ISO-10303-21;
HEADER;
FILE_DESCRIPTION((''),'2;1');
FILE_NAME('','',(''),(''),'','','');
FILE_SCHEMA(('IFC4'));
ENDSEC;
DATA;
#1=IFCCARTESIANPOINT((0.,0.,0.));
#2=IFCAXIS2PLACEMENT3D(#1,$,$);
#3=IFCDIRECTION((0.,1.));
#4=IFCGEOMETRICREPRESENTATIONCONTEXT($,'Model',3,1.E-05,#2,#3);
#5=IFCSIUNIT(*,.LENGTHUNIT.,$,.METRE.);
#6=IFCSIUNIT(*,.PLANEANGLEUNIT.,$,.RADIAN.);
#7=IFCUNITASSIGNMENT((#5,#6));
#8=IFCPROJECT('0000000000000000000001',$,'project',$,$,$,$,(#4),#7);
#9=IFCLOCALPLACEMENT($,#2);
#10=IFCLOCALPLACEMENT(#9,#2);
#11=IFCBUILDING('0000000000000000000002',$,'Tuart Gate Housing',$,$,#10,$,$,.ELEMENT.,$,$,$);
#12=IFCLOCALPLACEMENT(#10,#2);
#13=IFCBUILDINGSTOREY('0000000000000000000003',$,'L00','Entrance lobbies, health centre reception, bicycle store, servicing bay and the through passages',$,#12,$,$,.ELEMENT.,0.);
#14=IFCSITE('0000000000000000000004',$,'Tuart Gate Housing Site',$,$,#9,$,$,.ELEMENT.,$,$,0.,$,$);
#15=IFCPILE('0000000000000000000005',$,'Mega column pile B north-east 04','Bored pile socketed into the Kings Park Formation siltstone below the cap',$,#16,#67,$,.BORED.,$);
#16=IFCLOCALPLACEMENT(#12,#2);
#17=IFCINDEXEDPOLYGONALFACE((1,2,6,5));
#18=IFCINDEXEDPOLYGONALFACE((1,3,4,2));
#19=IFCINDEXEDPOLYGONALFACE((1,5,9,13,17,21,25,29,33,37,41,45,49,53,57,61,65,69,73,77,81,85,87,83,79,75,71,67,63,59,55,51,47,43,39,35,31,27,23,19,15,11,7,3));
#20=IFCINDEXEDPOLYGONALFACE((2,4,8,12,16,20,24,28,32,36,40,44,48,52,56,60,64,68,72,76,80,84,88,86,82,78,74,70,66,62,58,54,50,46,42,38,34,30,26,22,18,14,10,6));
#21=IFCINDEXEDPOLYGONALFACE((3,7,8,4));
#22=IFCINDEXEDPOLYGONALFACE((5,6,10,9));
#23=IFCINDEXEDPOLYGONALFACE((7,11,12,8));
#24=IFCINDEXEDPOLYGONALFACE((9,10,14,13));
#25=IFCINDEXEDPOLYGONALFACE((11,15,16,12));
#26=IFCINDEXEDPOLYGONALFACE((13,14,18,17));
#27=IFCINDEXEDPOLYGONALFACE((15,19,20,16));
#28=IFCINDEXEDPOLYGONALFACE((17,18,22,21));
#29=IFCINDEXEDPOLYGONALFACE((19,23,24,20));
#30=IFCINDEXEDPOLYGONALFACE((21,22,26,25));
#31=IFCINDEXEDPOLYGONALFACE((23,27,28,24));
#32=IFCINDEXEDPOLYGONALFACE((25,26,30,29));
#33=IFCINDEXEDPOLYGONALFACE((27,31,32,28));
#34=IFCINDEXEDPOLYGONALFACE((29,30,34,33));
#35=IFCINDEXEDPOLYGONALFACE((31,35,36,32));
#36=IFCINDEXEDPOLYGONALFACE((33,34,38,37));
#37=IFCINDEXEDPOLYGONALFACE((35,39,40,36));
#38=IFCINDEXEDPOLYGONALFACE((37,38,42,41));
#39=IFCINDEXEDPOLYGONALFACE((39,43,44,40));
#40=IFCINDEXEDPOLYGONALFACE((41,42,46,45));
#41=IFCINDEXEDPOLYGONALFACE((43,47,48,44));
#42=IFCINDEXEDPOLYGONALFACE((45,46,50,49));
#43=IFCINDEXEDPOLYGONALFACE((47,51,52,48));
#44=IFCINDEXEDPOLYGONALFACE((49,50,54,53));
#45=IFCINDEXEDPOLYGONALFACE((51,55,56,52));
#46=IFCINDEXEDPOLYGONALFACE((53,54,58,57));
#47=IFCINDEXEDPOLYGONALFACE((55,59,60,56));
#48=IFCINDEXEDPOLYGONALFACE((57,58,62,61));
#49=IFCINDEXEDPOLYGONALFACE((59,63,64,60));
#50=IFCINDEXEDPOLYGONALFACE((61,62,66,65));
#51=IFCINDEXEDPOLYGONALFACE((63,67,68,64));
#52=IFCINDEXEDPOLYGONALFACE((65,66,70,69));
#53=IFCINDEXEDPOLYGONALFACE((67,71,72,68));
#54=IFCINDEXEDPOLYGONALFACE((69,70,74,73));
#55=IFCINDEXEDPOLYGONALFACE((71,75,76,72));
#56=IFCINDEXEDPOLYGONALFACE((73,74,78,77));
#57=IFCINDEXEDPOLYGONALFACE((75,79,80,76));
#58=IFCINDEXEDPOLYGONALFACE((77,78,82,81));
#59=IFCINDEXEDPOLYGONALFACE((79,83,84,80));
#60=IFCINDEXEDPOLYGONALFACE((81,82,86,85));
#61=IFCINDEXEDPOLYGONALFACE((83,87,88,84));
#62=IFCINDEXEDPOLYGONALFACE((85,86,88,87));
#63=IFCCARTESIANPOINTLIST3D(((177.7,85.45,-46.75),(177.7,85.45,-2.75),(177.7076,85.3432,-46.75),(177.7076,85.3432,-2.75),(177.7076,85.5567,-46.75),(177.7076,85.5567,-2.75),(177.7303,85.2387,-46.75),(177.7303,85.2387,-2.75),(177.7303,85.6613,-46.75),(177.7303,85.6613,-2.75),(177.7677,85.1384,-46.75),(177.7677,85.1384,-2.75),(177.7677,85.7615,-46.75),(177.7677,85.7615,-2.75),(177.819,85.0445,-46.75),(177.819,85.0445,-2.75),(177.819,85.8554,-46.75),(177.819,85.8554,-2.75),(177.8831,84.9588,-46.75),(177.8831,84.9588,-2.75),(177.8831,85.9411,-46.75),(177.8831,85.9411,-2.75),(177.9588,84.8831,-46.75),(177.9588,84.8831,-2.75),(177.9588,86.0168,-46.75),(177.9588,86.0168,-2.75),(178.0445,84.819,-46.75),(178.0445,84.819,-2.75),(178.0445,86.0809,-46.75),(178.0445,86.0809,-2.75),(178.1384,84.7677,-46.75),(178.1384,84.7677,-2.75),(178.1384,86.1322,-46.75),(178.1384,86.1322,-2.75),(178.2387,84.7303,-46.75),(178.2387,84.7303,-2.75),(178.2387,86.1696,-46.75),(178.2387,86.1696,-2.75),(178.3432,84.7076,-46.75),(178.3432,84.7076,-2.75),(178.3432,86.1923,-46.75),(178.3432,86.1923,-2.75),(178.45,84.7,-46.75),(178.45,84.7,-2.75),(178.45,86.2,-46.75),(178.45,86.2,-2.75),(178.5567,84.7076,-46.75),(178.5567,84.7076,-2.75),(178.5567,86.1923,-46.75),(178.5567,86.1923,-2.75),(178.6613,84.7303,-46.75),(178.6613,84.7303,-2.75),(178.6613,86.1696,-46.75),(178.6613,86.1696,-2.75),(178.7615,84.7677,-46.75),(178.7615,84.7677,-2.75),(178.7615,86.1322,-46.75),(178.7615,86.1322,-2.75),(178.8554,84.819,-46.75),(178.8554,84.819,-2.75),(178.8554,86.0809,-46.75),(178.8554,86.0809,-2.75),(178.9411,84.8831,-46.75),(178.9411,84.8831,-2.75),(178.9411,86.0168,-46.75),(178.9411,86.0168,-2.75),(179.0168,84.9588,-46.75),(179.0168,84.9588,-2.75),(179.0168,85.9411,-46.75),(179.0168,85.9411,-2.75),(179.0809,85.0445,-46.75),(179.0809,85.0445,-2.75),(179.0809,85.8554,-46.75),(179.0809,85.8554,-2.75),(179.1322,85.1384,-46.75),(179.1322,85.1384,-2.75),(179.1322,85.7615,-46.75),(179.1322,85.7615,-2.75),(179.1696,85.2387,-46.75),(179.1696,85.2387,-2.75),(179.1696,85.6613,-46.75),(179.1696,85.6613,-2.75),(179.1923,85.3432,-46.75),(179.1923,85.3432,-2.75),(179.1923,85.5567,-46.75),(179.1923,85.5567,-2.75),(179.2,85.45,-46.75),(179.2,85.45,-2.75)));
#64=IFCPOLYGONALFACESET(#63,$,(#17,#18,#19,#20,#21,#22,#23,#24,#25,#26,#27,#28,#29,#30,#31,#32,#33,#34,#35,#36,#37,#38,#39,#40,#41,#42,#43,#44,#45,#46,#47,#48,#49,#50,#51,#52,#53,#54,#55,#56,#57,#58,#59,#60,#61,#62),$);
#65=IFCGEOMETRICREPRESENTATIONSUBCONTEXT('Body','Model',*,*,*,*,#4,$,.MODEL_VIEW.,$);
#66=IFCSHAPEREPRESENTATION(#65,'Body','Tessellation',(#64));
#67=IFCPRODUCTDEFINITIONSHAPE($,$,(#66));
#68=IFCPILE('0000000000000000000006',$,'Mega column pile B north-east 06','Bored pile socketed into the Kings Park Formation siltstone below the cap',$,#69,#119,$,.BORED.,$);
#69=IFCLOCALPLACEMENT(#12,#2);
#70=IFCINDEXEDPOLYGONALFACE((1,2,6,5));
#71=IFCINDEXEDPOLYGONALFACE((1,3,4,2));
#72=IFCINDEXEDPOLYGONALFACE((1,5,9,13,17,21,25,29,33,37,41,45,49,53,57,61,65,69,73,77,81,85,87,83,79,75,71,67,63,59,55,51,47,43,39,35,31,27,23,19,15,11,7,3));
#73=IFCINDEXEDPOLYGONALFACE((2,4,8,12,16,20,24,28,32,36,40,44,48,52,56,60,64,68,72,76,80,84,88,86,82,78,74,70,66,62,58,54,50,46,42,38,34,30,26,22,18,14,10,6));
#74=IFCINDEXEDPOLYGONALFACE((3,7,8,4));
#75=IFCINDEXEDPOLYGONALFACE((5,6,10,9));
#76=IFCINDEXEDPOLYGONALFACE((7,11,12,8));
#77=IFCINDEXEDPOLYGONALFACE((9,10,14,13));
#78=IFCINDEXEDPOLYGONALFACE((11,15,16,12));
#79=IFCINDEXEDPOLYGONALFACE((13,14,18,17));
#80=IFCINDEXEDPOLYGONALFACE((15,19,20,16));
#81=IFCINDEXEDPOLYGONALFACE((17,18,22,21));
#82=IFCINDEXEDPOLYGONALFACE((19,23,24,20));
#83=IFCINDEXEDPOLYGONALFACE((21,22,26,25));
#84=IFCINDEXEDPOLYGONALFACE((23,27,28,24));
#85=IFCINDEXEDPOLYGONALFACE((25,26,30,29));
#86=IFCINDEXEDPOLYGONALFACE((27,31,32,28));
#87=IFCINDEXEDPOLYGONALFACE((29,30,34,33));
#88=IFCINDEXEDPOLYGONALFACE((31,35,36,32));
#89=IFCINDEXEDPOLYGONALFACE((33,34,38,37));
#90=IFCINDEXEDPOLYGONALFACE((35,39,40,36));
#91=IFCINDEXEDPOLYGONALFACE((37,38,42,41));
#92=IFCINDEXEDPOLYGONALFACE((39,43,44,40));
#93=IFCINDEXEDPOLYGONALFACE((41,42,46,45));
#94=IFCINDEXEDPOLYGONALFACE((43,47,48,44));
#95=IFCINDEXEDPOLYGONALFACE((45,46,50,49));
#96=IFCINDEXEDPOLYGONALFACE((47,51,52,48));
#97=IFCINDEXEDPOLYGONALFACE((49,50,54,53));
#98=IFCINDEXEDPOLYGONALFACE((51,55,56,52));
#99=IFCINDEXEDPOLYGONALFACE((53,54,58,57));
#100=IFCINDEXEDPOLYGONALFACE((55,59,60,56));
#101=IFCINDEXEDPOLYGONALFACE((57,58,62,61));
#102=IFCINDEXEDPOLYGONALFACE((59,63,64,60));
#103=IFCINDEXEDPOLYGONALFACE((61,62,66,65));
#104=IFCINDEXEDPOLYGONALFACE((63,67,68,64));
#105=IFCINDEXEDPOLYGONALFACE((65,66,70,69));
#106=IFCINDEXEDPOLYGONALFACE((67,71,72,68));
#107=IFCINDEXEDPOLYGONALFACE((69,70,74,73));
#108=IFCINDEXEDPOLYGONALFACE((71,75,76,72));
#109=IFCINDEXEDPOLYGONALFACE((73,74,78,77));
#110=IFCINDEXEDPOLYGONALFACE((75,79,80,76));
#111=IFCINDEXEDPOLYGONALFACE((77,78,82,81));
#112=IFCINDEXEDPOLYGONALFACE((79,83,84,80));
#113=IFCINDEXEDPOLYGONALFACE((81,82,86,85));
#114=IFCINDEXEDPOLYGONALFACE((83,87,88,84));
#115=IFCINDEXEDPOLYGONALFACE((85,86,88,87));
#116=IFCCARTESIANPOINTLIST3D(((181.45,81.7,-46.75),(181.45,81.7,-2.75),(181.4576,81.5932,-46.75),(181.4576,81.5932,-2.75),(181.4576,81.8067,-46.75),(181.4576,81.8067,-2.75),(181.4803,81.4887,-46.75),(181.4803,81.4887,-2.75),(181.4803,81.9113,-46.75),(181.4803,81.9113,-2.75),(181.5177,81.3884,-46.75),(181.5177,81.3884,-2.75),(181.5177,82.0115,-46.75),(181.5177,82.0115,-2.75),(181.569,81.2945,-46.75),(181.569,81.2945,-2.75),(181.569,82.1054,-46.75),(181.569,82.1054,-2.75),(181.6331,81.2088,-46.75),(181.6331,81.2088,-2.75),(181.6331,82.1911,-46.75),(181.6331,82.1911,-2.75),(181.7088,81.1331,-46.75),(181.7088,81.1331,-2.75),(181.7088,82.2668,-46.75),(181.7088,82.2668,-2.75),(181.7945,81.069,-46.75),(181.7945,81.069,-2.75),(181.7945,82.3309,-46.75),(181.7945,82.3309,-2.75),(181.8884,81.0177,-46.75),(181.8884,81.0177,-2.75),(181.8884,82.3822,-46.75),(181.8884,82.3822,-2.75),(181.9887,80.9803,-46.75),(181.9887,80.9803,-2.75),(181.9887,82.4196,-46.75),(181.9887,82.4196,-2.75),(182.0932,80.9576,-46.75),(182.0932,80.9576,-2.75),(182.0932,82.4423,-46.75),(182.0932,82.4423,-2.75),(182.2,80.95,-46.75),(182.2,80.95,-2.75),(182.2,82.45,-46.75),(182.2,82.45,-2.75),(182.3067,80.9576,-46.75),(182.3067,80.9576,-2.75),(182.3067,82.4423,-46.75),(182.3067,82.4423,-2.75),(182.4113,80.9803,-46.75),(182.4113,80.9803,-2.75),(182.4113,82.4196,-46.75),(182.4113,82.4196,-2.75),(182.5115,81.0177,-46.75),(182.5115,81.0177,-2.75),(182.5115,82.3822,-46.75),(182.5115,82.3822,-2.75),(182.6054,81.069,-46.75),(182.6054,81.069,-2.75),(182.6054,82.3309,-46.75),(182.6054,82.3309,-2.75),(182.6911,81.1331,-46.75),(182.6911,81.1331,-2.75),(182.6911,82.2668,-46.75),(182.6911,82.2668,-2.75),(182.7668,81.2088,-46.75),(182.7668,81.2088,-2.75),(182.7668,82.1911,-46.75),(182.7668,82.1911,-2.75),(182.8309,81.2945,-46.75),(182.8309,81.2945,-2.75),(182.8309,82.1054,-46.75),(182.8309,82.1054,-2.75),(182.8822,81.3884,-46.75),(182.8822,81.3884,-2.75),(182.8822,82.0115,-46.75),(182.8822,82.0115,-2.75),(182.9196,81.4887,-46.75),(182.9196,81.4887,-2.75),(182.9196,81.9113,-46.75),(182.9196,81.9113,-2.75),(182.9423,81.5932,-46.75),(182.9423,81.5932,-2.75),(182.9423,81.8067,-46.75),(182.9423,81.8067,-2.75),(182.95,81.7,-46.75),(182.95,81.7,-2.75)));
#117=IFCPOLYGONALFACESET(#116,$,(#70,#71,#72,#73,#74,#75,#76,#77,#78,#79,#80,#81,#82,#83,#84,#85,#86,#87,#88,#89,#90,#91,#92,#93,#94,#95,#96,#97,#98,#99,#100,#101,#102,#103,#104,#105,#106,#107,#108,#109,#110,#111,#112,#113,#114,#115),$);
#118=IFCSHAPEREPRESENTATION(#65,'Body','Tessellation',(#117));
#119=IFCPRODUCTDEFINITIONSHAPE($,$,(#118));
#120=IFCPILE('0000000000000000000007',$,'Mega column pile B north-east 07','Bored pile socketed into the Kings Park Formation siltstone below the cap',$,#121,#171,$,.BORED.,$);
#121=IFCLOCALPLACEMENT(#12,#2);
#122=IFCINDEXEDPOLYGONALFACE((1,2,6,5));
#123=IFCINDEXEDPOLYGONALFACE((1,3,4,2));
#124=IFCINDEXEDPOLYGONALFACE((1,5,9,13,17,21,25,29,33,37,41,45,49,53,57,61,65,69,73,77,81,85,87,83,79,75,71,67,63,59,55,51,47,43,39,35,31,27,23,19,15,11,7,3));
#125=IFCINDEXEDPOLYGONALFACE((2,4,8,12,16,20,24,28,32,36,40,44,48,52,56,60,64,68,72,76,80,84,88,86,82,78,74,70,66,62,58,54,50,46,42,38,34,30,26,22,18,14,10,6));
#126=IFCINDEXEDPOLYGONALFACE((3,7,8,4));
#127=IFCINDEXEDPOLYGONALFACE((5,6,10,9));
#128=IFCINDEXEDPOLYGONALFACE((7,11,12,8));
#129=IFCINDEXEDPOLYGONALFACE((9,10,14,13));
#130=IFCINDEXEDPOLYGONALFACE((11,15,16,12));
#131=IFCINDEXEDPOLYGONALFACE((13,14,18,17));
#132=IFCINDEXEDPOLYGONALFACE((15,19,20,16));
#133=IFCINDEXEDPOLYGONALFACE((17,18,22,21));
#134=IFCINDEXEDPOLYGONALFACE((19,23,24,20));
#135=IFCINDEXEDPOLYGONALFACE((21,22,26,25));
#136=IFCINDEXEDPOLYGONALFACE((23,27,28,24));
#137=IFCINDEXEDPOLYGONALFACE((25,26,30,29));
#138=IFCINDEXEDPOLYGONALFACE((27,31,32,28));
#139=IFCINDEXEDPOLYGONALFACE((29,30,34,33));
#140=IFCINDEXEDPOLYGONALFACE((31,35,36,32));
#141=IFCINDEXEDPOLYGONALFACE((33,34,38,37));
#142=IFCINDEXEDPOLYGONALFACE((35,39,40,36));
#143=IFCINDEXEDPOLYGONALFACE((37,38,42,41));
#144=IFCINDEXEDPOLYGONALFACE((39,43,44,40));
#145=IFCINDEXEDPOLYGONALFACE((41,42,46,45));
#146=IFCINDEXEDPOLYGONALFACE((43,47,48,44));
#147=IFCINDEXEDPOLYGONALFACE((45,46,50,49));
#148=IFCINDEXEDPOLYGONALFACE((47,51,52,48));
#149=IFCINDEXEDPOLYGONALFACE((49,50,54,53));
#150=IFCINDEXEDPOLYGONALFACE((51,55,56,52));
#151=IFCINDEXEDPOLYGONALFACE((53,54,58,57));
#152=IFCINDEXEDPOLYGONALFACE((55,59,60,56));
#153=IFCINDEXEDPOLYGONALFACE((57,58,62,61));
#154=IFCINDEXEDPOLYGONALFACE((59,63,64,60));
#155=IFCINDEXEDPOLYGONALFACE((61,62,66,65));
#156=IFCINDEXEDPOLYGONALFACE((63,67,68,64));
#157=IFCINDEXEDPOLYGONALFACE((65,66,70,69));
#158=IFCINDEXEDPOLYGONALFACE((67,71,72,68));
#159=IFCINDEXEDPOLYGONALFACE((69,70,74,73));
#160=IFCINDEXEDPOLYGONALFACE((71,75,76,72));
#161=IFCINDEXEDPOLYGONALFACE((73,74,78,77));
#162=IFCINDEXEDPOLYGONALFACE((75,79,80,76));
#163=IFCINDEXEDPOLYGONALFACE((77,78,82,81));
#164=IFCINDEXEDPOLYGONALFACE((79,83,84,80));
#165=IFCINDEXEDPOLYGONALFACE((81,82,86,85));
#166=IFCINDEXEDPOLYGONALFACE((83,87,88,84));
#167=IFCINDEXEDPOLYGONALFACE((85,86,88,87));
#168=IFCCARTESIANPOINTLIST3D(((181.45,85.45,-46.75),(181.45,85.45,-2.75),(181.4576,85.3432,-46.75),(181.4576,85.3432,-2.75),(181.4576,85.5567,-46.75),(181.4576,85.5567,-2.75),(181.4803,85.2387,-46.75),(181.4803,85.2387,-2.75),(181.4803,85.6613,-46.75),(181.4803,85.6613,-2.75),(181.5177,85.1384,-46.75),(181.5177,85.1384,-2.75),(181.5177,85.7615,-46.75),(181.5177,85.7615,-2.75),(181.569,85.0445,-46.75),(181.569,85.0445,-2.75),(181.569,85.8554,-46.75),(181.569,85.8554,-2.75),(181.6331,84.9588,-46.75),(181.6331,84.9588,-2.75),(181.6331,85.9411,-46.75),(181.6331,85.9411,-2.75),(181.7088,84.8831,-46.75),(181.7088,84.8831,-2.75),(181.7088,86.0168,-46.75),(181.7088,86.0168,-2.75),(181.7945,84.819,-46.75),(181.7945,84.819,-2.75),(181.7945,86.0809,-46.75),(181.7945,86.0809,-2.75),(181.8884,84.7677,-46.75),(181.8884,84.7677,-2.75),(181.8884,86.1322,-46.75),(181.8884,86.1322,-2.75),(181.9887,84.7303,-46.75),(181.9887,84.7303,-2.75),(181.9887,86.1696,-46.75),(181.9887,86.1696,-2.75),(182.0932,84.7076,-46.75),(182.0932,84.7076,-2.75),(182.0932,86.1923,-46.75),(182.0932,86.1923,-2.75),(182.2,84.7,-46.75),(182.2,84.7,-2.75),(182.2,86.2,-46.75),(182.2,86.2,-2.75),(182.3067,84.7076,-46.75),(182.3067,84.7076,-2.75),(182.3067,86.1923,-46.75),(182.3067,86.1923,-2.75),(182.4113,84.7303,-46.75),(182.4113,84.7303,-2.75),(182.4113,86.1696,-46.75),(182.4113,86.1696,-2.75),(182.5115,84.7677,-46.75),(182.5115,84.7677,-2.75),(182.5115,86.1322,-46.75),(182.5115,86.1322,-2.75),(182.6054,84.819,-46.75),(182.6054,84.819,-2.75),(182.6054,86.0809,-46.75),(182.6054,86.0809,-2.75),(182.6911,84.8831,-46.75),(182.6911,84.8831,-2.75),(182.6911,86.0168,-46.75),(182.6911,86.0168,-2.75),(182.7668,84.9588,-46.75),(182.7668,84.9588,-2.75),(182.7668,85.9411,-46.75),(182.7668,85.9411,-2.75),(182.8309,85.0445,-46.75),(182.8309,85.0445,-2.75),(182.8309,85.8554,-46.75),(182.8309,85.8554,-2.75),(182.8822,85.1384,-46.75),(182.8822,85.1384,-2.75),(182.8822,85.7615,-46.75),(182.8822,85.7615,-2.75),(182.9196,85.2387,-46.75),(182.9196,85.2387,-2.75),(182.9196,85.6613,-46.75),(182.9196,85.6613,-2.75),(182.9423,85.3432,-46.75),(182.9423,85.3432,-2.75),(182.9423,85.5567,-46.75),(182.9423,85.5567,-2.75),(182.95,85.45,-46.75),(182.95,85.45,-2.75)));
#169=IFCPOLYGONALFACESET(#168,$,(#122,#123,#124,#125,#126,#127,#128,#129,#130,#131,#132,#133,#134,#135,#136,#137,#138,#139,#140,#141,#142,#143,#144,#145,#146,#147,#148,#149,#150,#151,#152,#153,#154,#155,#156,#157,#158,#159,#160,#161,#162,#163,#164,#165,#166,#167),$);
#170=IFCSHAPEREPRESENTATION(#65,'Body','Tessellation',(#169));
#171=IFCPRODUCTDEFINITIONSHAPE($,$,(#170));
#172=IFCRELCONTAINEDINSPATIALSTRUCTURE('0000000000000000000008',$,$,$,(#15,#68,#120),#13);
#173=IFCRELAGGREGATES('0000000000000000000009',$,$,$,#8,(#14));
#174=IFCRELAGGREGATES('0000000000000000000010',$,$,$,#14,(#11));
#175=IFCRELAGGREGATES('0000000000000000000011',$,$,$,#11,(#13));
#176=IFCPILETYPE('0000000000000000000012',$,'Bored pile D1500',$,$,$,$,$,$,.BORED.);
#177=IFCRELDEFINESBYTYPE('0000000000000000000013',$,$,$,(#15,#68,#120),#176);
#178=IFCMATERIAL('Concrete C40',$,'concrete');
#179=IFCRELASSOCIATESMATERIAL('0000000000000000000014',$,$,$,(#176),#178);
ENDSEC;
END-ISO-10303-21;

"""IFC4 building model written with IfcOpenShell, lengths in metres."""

from ifc_helpers import new_model, si_unit, direction, frame, origin, origin_2d, place, context, subcontext, project, spatial, circle, extrude, material, material_profile, profile_set, type_object, element, save


model = new_model("IFC4")

# Units and contexts
model_context = context("Model", 3, precision=1e-05, world=origin(), true_north=direction((0.0, 1.0)))
body_context = subcontext(model_context, "Body", "Model", "MODEL_VIEW")
ifc_project = project(units=[si_unit("LENGTHUNIT", "METRE"), si_unit("PLANEANGLEUNIT", "RADIAN")], contexts=[model_context])

# Site, building, storey
site_placement = place(None, origin())
site = spatial("IfcSite", under=ifc_project, at=site_placement, Name="Tuart Gate Housing Site", CompositionType="ELEMENT", RefElevation=0.0)
building_placement = place(site_placement, origin())
building = spatial("IfcBuilding", under=site, at=building_placement, Name="Tuart Gate Housing", CompositionType="ELEMENT")
storey_placement = place(building_placement, origin())
storey = spatial("IfcBuildingStorey", under=building, at=storey_placement, Name="L00", Description="Entrance lobbies, health centre reception, bicycle store, servicing bay and the through passages", CompositionType="ELEMENT", Elevation=0.0)

# Piles
ifc_material_1 = material(Name="Concrete C40", Category="concrete")
ifc_material_profile_1 = material_profile(ifc_material_1, circle(Radius=0.75, at=origin_2d()), Name="Bored pile D1500")
ifc_profile_set_1 = profile_set([ifc_material_profile_1], Name="Concrete C40")
pile_type = type_object("IfcPileType", Name="Bored pile D1500", PredefinedType="BORED", material=ifc_profile_set_1)
for number, where, z_axis, x_axis, name in (
    (1, (178.45, 85.45, -2.75), (0.0, 0.0, -1.0), (1.0, 0.0, 0.0), "Mega column pile B north-east 04"),
    (2, (182.2, 81.7, -2.75), (0.0, 0.0, -1.0), (1.0, 0.0, 0.0), "Mega column pile B north-east 06"),
    (3, (182.2, 85.45, -2.75), (0.0, 0.0, -1.0), (1.0, 0.0, 0.0), "Mega column pile B north-east 07"),
):
    element("IfcPile", number, at=place(storey_placement, frame(where, z_axis=z_axis, x_axis=x_axis)), inside=storey, type_object=pile_type, Name=name, Description="Bored pile socketed into the Kings Park Formation siltstone below the cap", PredefinedType="BORED", context=body_context, shape_type="SweptSolid", body=[
        extrude(circle(Radius=0.75, at=origin_2d()), origin(), (0.0, 0.0, 1.0), 44.0),
    ])

save(model, "model.ifc")
